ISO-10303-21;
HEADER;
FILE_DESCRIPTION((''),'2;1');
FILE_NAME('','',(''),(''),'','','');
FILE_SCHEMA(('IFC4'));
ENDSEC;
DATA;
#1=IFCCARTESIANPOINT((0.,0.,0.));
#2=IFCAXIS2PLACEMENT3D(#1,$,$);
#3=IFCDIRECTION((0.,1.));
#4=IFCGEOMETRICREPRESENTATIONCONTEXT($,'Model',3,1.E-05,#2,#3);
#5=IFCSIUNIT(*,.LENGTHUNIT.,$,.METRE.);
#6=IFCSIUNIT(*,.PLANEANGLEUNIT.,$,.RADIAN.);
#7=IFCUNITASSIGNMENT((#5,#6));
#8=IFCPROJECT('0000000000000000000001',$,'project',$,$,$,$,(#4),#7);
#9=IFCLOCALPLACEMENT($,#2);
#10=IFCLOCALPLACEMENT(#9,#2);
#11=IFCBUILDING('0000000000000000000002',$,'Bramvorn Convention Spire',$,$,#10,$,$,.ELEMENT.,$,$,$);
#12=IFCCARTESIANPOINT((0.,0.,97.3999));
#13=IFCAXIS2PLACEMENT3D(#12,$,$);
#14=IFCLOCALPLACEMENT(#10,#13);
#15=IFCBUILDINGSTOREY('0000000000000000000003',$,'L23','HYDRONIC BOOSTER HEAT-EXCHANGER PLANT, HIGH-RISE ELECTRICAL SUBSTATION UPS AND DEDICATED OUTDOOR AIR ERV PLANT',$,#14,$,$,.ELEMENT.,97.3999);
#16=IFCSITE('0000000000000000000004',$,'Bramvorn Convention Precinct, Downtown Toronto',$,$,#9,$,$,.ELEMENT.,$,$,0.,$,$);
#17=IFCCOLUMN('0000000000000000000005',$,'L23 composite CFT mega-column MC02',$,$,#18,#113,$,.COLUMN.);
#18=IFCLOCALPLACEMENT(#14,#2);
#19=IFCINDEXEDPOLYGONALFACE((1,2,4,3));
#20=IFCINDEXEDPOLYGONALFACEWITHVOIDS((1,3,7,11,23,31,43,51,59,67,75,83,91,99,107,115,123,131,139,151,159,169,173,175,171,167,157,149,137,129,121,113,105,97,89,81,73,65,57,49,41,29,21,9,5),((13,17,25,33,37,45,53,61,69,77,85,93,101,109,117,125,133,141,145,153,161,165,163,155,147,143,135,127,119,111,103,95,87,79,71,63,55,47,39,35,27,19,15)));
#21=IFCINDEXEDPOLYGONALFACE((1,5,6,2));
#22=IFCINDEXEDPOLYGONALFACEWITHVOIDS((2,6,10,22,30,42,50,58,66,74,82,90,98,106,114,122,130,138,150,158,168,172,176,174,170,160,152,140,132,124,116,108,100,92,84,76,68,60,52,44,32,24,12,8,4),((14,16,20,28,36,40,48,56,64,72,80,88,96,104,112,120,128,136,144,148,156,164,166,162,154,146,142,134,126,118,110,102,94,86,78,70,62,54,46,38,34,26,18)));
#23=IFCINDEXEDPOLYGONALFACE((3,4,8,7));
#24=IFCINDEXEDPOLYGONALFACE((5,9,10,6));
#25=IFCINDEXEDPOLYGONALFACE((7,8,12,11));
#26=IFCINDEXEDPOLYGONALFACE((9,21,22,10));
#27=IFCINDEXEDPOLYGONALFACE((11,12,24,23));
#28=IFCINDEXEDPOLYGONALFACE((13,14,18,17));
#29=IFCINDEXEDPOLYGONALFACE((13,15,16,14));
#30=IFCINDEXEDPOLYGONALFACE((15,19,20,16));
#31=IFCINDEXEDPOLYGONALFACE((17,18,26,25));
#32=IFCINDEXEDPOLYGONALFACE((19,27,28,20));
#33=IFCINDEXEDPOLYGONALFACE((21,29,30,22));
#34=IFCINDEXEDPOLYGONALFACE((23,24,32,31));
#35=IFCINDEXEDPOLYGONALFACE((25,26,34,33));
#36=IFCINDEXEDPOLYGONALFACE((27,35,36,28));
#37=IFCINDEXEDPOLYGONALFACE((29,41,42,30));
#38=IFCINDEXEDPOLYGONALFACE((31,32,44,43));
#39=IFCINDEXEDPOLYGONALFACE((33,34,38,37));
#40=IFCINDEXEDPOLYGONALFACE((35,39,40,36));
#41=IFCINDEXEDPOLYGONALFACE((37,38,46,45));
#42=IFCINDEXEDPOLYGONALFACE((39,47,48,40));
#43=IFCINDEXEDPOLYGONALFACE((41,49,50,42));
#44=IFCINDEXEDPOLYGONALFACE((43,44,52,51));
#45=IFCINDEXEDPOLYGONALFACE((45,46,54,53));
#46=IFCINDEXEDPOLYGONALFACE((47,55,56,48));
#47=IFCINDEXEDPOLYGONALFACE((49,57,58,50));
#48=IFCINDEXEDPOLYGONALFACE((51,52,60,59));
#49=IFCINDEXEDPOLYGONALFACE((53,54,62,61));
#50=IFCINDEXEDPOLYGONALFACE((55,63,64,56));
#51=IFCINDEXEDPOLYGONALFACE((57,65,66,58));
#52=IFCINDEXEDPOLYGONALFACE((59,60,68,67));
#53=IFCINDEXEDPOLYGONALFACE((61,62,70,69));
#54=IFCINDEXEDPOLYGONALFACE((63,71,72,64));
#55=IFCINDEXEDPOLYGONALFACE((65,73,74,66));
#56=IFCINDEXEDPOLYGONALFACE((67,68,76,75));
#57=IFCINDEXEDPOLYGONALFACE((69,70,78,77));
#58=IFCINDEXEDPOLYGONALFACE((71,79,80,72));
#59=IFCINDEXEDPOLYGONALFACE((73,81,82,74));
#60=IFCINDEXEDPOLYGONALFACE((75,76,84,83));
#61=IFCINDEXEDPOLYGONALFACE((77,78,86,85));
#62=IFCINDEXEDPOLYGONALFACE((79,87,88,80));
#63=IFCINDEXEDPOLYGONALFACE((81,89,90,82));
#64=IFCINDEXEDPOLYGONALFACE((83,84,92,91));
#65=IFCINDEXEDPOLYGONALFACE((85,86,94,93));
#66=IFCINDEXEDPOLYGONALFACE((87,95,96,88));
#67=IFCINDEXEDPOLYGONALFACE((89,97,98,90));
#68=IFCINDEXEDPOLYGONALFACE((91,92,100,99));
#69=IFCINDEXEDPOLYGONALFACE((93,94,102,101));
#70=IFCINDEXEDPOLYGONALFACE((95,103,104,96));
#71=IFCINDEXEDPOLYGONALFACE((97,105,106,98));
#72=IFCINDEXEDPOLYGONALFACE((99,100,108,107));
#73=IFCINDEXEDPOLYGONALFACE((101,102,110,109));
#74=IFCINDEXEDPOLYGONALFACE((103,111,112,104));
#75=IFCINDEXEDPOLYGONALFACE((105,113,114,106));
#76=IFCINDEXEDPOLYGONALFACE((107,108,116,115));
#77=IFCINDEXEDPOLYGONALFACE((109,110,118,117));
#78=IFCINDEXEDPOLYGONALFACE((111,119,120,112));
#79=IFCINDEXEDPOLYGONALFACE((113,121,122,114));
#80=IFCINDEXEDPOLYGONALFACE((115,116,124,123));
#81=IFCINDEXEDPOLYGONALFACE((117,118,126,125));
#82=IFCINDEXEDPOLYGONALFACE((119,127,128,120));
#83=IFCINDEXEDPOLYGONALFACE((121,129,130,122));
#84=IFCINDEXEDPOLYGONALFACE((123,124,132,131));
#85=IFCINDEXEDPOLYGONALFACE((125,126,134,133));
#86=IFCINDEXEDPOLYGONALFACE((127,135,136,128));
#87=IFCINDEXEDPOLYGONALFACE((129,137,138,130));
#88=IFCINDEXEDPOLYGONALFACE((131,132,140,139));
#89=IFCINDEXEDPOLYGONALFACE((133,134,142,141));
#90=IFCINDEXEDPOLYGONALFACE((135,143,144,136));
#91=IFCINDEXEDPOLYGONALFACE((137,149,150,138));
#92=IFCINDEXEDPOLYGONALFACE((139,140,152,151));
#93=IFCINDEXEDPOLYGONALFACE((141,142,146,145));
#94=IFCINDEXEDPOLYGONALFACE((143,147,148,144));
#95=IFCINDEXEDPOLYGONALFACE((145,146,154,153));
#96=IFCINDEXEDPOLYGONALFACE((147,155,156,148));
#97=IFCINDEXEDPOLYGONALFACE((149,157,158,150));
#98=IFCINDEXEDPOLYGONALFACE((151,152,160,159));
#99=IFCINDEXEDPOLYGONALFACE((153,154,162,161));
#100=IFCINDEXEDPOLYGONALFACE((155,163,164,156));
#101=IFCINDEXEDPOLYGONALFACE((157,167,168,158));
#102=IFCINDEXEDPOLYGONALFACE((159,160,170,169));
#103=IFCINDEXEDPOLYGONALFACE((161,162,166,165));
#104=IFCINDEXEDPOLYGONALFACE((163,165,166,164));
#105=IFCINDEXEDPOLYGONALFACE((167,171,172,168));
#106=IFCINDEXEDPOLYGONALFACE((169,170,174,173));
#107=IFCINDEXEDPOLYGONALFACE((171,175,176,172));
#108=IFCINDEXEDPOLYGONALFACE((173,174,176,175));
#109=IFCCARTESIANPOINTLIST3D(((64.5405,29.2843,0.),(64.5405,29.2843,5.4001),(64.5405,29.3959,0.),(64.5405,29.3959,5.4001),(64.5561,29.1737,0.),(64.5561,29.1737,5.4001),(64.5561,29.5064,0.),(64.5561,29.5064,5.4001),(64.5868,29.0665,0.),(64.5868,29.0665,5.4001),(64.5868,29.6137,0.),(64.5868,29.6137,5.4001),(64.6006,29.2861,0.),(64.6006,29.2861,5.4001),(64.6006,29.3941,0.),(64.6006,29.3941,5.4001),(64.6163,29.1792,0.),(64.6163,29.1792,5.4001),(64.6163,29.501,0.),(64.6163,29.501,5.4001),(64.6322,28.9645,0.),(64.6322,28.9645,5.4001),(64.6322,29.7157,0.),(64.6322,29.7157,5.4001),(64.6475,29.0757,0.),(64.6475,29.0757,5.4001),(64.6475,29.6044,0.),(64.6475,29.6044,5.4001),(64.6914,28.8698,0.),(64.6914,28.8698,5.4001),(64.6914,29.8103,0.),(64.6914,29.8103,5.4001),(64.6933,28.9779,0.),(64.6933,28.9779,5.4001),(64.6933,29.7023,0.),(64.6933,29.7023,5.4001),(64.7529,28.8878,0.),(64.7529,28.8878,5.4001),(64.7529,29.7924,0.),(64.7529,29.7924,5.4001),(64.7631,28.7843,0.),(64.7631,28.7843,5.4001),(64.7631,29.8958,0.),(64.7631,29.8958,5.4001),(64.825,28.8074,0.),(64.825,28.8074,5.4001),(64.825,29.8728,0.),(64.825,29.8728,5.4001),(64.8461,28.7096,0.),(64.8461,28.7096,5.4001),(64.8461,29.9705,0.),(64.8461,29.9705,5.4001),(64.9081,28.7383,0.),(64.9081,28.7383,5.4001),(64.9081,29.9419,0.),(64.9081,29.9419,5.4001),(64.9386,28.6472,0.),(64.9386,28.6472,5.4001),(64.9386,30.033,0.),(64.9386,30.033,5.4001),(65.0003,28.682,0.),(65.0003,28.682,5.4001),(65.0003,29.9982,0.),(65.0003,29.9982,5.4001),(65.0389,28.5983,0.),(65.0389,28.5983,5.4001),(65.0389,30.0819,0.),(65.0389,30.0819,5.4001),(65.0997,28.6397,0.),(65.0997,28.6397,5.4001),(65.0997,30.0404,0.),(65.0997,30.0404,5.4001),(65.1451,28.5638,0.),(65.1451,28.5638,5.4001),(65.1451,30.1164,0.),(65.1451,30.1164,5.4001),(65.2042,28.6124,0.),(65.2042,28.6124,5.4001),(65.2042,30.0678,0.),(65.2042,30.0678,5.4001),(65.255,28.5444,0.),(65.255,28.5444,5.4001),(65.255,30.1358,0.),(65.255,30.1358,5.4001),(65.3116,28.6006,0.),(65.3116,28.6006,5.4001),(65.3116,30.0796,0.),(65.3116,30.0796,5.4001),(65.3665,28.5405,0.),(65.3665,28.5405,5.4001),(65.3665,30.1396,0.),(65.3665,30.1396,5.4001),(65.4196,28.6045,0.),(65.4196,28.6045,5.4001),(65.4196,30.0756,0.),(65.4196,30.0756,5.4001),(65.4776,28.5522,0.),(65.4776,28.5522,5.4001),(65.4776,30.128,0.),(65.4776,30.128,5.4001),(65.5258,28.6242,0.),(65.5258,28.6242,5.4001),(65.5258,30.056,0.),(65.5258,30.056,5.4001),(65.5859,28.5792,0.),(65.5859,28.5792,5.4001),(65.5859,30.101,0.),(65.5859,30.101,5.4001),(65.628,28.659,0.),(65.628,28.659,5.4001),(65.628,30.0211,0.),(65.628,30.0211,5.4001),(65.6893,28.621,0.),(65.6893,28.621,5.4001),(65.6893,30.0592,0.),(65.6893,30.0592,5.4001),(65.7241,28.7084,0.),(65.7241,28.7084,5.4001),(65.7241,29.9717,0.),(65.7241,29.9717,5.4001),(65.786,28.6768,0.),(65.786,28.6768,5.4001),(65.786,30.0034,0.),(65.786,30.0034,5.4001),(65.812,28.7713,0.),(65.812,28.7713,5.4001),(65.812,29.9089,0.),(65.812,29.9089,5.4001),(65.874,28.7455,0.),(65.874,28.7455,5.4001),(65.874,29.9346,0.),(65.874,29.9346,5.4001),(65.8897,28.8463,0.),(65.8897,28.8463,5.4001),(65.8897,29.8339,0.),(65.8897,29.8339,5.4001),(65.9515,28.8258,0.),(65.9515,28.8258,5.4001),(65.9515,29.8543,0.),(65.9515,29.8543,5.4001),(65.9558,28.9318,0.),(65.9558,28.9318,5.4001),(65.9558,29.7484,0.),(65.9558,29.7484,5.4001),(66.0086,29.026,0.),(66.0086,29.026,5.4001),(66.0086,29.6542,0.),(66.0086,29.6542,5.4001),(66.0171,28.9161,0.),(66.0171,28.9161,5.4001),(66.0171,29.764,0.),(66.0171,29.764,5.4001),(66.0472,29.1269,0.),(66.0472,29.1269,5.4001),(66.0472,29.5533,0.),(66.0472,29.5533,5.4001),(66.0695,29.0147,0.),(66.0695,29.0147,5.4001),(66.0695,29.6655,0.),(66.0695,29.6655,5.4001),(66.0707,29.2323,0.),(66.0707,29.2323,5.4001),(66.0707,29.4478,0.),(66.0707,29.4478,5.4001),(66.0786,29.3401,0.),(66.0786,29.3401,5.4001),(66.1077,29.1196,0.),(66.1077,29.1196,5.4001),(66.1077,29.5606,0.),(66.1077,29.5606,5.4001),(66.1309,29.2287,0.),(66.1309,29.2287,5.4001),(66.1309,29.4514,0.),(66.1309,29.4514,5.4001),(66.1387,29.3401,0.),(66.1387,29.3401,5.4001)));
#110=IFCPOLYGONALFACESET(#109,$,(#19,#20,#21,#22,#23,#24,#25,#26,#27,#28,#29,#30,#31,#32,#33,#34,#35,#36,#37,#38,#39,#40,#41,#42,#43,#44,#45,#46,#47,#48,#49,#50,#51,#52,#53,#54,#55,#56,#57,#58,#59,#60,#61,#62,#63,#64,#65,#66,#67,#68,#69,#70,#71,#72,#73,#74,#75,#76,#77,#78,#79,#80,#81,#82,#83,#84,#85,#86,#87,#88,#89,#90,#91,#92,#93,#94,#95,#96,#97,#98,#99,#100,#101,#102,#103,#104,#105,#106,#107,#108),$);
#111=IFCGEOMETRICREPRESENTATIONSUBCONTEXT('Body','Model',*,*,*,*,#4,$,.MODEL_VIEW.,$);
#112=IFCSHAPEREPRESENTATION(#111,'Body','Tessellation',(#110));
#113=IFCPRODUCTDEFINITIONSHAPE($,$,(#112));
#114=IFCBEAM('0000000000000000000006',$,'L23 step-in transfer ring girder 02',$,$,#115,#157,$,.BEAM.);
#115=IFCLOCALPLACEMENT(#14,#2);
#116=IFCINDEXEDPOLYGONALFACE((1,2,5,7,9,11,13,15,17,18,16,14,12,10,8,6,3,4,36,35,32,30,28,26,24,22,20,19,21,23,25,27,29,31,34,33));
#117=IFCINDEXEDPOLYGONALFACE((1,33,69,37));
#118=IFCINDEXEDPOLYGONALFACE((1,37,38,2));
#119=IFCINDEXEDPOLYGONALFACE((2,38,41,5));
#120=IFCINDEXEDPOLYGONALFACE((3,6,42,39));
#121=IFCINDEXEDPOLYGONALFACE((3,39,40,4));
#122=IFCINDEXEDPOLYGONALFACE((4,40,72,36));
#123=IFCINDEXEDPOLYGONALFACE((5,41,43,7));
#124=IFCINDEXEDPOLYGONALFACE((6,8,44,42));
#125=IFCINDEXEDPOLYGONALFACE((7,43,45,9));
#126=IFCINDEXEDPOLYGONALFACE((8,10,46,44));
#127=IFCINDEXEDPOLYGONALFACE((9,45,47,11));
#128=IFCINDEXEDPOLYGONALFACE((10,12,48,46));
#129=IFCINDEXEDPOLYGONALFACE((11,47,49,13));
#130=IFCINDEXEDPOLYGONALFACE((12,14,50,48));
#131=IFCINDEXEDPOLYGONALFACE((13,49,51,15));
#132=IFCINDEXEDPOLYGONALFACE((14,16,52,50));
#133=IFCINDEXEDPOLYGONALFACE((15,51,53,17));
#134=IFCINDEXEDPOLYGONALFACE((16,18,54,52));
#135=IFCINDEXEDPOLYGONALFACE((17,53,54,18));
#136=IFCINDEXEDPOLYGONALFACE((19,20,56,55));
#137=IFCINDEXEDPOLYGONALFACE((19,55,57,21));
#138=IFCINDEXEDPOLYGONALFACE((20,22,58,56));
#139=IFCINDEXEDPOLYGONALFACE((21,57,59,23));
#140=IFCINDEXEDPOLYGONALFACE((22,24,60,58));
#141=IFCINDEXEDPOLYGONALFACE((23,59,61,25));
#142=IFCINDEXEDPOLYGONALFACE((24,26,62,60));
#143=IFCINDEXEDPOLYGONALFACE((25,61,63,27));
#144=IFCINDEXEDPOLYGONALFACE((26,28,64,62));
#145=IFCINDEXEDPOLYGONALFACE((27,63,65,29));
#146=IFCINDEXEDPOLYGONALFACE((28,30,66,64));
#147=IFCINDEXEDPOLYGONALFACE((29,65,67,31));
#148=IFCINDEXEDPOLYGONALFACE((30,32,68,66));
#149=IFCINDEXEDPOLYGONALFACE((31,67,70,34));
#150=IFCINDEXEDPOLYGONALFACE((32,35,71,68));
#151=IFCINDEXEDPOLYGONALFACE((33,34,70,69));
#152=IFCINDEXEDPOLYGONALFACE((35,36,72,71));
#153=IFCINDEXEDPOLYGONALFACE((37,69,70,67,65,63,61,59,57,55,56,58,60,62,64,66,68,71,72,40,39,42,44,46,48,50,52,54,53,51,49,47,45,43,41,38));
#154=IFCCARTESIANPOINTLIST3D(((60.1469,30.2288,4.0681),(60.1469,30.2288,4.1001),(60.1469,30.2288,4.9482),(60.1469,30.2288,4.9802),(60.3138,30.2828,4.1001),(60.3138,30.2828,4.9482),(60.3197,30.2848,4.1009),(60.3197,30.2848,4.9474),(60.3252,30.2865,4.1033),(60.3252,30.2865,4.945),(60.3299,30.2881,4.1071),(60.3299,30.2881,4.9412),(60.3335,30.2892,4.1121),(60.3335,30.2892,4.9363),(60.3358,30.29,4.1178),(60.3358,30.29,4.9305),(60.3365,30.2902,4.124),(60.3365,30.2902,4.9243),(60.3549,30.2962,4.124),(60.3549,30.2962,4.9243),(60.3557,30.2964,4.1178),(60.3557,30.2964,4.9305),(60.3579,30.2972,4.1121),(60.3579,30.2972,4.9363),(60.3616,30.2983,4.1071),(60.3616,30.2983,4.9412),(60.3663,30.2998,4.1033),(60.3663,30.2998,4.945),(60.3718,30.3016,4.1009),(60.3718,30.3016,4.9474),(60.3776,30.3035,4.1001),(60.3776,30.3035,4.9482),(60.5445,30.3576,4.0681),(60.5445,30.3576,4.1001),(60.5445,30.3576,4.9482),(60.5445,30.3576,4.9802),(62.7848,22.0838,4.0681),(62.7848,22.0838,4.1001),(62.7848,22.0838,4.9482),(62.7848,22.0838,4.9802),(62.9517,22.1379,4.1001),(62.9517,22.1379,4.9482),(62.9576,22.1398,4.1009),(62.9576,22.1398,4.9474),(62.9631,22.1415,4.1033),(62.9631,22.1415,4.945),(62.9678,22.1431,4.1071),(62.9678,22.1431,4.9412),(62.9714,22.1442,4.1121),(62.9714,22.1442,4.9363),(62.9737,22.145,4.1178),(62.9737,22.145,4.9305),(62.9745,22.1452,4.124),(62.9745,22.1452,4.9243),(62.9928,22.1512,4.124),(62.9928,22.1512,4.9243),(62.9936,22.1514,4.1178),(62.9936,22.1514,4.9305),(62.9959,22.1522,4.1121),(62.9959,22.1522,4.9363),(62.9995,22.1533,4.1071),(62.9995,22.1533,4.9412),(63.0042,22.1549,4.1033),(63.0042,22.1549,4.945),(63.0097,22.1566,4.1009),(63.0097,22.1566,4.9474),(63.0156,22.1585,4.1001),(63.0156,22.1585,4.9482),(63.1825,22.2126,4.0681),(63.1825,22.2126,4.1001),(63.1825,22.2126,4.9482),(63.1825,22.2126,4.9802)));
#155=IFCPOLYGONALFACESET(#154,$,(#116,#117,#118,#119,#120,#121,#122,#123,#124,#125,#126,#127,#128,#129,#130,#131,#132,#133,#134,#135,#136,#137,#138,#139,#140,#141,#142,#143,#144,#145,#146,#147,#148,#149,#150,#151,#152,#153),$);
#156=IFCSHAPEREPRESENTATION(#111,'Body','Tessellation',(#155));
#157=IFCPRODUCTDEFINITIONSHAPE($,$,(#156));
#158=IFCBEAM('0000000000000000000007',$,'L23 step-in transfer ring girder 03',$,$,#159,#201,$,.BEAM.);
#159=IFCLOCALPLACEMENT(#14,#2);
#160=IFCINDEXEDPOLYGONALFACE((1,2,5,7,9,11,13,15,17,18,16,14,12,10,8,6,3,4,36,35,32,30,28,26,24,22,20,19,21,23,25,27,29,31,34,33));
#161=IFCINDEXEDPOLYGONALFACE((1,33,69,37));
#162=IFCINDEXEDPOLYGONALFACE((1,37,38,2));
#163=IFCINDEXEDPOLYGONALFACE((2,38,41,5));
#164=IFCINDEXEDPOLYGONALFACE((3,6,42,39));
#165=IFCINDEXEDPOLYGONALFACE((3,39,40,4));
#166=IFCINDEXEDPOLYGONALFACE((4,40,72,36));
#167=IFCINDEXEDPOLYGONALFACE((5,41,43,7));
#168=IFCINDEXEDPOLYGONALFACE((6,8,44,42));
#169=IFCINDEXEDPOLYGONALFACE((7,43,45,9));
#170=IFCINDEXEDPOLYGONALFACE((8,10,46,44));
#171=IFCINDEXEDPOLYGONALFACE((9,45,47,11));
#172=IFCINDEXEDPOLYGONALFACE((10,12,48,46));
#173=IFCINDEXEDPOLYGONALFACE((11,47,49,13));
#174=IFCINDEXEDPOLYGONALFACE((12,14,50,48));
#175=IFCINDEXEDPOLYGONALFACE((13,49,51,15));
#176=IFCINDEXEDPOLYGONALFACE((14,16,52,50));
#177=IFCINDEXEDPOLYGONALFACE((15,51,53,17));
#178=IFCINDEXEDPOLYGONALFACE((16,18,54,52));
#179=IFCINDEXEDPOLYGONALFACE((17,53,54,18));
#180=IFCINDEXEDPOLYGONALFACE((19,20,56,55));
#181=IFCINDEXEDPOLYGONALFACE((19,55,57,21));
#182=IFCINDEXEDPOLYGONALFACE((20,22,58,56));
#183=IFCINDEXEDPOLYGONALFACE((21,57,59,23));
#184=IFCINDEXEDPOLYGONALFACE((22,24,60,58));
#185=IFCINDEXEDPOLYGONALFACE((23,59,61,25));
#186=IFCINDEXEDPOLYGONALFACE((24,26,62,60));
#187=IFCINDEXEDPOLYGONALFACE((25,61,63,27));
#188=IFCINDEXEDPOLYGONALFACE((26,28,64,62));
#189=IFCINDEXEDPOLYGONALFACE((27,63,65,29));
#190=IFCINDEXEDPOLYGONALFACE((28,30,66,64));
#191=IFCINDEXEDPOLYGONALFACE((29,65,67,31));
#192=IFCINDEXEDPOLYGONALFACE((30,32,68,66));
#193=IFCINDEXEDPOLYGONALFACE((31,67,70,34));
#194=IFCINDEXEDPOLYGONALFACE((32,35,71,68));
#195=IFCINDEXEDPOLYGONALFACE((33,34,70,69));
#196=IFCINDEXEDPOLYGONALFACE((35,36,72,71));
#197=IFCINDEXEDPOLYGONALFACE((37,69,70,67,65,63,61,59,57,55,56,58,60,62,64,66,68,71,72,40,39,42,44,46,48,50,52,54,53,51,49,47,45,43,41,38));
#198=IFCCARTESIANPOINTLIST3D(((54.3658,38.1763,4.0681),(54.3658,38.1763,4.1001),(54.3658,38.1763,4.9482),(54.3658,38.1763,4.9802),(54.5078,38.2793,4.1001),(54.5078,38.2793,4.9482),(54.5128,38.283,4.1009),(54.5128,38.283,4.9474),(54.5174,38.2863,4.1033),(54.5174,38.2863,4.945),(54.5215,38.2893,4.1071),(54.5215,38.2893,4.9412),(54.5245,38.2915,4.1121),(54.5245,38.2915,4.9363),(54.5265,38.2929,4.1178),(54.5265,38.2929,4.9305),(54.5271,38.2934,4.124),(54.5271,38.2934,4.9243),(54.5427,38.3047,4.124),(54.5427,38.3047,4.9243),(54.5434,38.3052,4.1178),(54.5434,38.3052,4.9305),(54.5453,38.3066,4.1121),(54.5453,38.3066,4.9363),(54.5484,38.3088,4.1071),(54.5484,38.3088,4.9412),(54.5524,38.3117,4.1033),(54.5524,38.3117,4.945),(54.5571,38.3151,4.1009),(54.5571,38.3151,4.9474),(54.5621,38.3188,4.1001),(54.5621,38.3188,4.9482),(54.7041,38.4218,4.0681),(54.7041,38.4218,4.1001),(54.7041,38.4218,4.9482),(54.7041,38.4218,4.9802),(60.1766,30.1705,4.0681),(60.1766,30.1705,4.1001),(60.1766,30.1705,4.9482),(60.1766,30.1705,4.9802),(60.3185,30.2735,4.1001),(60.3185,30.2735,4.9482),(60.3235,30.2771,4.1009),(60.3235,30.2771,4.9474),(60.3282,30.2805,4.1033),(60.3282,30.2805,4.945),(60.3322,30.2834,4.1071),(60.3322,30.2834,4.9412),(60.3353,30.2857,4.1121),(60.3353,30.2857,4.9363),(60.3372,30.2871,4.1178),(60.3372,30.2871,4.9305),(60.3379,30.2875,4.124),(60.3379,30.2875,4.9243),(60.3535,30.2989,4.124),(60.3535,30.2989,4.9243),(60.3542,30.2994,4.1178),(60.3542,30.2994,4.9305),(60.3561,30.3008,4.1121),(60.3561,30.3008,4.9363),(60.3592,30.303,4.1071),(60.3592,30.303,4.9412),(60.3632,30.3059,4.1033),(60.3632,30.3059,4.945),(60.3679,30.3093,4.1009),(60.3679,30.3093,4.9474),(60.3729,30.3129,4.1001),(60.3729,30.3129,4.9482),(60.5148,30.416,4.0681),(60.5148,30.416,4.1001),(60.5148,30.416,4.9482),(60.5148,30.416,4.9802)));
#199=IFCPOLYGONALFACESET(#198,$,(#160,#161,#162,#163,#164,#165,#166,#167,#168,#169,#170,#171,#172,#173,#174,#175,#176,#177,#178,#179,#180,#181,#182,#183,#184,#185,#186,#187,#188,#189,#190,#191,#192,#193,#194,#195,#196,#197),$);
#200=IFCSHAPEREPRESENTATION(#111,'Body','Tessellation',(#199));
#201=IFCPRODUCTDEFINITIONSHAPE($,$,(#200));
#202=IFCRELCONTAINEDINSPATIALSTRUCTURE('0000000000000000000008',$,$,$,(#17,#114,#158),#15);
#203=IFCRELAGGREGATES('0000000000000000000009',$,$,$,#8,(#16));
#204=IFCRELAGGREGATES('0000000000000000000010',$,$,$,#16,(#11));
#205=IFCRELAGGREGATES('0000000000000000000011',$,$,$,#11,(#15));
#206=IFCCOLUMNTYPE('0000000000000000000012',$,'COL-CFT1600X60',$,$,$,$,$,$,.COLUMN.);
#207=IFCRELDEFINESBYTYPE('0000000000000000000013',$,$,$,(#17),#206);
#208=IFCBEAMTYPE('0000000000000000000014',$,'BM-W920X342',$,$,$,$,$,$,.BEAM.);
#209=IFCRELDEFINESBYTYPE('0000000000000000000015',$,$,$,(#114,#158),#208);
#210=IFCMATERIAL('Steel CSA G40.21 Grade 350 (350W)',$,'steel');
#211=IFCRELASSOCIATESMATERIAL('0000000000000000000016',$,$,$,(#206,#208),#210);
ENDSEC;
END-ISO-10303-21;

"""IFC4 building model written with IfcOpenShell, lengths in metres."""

from ifc_helpers import new_model, si_unit, direction, frame, origin, origin_2d, place, context, subcontext, project, spatial, hollow_circle, i_section, extrude, material, material_profile, profile_set, type_object, element, save


model = new_model("IFC4")

# Units and contexts
model_context = context("Model", 3, precision=1e-05, world=origin(), true_north=direction((0.0, 1.0)))
body_context = subcontext(model_context, "Body", "Model", "MODEL_VIEW")
ifc_project = project(units=[si_unit("LENGTHUNIT", "METRE"), si_unit("PLANEANGLEUNIT", "RADIAN")], contexts=[model_context])

# Site, building, storey
site_placement = place(None, origin())
site = spatial("IfcSite", under=ifc_project, at=site_placement, Name="Bramvorn Convention Precinct, Downtown Toronto", CompositionType="ELEMENT", RefElevation=0.0)
building_placement = place(site_placement, origin())
building = spatial("IfcBuilding", under=site, at=building_placement, Name="Bramvorn Convention Spire", CompositionType="ELEMENT")
storey_placement = place(building_placement, frame((0.0, 0.0, 97.3999)))
storey = spatial("IfcBuildingStorey", under=building, at=storey_placement, Name="L23", Description="HYDRONIC BOOSTER HEAT-EXCHANGER PLANT, HIGH-RISE ELECTRICAL SUBSTATION UPS AND DEDICATED OUTDOOR AIR ERV PLANT", CompositionType="ELEMENT", Elevation=97.3999)

# Column
ifc_material_1 = material(Name="Steel CSA G40.21 Grade 350 (350W)", Category="steel")
ifc_material_profile_1 = material_profile(ifc_material_1, hollow_circle(Radius=0.8, WallThickness=0.0601, at=origin_2d()))
ifc_profile_set_1 = profile_set([ifc_material_profile_1], Name="Steel CSA G40.21 Grade 350 (350W) - CFT1600X60")
column_type = type_object("IfcColumnType", Name="COL-CFT1600X60", PredefinedType="COLUMN", material=ifc_profile_set_1)
column_placement = place(storey_placement, frame((65.3386, 29.3401, 0.0), z_axis=(0.0, 0.0, 1.0), x_axis=(1.0, 0.0, 0.0)))
element("IfcColumn", 1, at=column_placement, inside=storey, type_object=column_type, Name="L23 composite CFT mega-column MC02", PredefinedType="COLUMN", context=body_context, shape_type="SweptSolid", body=[
    extrude(hollow_circle(Radius=0.8, WallThickness=0.0601, at=origin_2d()), origin(), (0.0, 0.0, 1.0), 5.4001),
])

# Beams
ifc_material_profile_2 = material_profile(ifc_material_1, i_section(OverallWidth=0.418, OverallDepth=0.9121, WebThickness=0.0193, FlangeThickness=0.032, FilletRadius=0.0239, at=origin_2d()))
ifc_profile_set_2 = profile_set([ifc_material_profile_2], Name="Steel CSA G40.21 Grade 350 (350W) - W920X342")
beam_type = type_object("IfcBeamType", Name="BM-W920X342", PredefinedType="BEAM", material=ifc_profile_set_2)
beam_1_placement = place(storey_placement, frame((62.9836, 22.1482, 4.5242), z_axis=(-0.308115, 0.951349, 0.0), x_axis=(-0.951349, -0.308115, 0.0)))
element("IfcBeam", 2, at=beam_1_placement, inside=storey, type_object=beam_type, Name="L23 step-in transfer ring girder 02", PredefinedType="BEAM", context=body_context, shape_type="SweptSolid", body=[
    extrude(i_section(OverallWidth=0.418, OverallDepth=0.9121, WebThickness=0.0193, FlangeThickness=0.032, FilletRadius=0.0239, at=origin_2d()), origin(), (0.0, 0.0, 1.0), 8.5615),
])
beam_2_placement = place(storey_placement, frame((60.3457, 30.2932, 4.5242), z_axis=(-0.587401, 0.809296, 0.0), x_axis=(-0.809296, -0.587401, 0.0)))
element("IfcBeam", 3, at=beam_2_placement, inside=storey, type_object=beam_type, Name="L23 step-in transfer ring girder 03", PredefinedType="BEAM", context=body_context, shape_type="SweptSolid", body=[
    extrude(i_section(OverallWidth=0.418, OverallDepth=0.9121, WebThickness=0.0193, FlangeThickness=0.032, FilletRadius=0.0239, at=origin_2d()), origin(), (0.0, 0.0, 1.0), 9.8923),
])

save(model, "model.ifc")
